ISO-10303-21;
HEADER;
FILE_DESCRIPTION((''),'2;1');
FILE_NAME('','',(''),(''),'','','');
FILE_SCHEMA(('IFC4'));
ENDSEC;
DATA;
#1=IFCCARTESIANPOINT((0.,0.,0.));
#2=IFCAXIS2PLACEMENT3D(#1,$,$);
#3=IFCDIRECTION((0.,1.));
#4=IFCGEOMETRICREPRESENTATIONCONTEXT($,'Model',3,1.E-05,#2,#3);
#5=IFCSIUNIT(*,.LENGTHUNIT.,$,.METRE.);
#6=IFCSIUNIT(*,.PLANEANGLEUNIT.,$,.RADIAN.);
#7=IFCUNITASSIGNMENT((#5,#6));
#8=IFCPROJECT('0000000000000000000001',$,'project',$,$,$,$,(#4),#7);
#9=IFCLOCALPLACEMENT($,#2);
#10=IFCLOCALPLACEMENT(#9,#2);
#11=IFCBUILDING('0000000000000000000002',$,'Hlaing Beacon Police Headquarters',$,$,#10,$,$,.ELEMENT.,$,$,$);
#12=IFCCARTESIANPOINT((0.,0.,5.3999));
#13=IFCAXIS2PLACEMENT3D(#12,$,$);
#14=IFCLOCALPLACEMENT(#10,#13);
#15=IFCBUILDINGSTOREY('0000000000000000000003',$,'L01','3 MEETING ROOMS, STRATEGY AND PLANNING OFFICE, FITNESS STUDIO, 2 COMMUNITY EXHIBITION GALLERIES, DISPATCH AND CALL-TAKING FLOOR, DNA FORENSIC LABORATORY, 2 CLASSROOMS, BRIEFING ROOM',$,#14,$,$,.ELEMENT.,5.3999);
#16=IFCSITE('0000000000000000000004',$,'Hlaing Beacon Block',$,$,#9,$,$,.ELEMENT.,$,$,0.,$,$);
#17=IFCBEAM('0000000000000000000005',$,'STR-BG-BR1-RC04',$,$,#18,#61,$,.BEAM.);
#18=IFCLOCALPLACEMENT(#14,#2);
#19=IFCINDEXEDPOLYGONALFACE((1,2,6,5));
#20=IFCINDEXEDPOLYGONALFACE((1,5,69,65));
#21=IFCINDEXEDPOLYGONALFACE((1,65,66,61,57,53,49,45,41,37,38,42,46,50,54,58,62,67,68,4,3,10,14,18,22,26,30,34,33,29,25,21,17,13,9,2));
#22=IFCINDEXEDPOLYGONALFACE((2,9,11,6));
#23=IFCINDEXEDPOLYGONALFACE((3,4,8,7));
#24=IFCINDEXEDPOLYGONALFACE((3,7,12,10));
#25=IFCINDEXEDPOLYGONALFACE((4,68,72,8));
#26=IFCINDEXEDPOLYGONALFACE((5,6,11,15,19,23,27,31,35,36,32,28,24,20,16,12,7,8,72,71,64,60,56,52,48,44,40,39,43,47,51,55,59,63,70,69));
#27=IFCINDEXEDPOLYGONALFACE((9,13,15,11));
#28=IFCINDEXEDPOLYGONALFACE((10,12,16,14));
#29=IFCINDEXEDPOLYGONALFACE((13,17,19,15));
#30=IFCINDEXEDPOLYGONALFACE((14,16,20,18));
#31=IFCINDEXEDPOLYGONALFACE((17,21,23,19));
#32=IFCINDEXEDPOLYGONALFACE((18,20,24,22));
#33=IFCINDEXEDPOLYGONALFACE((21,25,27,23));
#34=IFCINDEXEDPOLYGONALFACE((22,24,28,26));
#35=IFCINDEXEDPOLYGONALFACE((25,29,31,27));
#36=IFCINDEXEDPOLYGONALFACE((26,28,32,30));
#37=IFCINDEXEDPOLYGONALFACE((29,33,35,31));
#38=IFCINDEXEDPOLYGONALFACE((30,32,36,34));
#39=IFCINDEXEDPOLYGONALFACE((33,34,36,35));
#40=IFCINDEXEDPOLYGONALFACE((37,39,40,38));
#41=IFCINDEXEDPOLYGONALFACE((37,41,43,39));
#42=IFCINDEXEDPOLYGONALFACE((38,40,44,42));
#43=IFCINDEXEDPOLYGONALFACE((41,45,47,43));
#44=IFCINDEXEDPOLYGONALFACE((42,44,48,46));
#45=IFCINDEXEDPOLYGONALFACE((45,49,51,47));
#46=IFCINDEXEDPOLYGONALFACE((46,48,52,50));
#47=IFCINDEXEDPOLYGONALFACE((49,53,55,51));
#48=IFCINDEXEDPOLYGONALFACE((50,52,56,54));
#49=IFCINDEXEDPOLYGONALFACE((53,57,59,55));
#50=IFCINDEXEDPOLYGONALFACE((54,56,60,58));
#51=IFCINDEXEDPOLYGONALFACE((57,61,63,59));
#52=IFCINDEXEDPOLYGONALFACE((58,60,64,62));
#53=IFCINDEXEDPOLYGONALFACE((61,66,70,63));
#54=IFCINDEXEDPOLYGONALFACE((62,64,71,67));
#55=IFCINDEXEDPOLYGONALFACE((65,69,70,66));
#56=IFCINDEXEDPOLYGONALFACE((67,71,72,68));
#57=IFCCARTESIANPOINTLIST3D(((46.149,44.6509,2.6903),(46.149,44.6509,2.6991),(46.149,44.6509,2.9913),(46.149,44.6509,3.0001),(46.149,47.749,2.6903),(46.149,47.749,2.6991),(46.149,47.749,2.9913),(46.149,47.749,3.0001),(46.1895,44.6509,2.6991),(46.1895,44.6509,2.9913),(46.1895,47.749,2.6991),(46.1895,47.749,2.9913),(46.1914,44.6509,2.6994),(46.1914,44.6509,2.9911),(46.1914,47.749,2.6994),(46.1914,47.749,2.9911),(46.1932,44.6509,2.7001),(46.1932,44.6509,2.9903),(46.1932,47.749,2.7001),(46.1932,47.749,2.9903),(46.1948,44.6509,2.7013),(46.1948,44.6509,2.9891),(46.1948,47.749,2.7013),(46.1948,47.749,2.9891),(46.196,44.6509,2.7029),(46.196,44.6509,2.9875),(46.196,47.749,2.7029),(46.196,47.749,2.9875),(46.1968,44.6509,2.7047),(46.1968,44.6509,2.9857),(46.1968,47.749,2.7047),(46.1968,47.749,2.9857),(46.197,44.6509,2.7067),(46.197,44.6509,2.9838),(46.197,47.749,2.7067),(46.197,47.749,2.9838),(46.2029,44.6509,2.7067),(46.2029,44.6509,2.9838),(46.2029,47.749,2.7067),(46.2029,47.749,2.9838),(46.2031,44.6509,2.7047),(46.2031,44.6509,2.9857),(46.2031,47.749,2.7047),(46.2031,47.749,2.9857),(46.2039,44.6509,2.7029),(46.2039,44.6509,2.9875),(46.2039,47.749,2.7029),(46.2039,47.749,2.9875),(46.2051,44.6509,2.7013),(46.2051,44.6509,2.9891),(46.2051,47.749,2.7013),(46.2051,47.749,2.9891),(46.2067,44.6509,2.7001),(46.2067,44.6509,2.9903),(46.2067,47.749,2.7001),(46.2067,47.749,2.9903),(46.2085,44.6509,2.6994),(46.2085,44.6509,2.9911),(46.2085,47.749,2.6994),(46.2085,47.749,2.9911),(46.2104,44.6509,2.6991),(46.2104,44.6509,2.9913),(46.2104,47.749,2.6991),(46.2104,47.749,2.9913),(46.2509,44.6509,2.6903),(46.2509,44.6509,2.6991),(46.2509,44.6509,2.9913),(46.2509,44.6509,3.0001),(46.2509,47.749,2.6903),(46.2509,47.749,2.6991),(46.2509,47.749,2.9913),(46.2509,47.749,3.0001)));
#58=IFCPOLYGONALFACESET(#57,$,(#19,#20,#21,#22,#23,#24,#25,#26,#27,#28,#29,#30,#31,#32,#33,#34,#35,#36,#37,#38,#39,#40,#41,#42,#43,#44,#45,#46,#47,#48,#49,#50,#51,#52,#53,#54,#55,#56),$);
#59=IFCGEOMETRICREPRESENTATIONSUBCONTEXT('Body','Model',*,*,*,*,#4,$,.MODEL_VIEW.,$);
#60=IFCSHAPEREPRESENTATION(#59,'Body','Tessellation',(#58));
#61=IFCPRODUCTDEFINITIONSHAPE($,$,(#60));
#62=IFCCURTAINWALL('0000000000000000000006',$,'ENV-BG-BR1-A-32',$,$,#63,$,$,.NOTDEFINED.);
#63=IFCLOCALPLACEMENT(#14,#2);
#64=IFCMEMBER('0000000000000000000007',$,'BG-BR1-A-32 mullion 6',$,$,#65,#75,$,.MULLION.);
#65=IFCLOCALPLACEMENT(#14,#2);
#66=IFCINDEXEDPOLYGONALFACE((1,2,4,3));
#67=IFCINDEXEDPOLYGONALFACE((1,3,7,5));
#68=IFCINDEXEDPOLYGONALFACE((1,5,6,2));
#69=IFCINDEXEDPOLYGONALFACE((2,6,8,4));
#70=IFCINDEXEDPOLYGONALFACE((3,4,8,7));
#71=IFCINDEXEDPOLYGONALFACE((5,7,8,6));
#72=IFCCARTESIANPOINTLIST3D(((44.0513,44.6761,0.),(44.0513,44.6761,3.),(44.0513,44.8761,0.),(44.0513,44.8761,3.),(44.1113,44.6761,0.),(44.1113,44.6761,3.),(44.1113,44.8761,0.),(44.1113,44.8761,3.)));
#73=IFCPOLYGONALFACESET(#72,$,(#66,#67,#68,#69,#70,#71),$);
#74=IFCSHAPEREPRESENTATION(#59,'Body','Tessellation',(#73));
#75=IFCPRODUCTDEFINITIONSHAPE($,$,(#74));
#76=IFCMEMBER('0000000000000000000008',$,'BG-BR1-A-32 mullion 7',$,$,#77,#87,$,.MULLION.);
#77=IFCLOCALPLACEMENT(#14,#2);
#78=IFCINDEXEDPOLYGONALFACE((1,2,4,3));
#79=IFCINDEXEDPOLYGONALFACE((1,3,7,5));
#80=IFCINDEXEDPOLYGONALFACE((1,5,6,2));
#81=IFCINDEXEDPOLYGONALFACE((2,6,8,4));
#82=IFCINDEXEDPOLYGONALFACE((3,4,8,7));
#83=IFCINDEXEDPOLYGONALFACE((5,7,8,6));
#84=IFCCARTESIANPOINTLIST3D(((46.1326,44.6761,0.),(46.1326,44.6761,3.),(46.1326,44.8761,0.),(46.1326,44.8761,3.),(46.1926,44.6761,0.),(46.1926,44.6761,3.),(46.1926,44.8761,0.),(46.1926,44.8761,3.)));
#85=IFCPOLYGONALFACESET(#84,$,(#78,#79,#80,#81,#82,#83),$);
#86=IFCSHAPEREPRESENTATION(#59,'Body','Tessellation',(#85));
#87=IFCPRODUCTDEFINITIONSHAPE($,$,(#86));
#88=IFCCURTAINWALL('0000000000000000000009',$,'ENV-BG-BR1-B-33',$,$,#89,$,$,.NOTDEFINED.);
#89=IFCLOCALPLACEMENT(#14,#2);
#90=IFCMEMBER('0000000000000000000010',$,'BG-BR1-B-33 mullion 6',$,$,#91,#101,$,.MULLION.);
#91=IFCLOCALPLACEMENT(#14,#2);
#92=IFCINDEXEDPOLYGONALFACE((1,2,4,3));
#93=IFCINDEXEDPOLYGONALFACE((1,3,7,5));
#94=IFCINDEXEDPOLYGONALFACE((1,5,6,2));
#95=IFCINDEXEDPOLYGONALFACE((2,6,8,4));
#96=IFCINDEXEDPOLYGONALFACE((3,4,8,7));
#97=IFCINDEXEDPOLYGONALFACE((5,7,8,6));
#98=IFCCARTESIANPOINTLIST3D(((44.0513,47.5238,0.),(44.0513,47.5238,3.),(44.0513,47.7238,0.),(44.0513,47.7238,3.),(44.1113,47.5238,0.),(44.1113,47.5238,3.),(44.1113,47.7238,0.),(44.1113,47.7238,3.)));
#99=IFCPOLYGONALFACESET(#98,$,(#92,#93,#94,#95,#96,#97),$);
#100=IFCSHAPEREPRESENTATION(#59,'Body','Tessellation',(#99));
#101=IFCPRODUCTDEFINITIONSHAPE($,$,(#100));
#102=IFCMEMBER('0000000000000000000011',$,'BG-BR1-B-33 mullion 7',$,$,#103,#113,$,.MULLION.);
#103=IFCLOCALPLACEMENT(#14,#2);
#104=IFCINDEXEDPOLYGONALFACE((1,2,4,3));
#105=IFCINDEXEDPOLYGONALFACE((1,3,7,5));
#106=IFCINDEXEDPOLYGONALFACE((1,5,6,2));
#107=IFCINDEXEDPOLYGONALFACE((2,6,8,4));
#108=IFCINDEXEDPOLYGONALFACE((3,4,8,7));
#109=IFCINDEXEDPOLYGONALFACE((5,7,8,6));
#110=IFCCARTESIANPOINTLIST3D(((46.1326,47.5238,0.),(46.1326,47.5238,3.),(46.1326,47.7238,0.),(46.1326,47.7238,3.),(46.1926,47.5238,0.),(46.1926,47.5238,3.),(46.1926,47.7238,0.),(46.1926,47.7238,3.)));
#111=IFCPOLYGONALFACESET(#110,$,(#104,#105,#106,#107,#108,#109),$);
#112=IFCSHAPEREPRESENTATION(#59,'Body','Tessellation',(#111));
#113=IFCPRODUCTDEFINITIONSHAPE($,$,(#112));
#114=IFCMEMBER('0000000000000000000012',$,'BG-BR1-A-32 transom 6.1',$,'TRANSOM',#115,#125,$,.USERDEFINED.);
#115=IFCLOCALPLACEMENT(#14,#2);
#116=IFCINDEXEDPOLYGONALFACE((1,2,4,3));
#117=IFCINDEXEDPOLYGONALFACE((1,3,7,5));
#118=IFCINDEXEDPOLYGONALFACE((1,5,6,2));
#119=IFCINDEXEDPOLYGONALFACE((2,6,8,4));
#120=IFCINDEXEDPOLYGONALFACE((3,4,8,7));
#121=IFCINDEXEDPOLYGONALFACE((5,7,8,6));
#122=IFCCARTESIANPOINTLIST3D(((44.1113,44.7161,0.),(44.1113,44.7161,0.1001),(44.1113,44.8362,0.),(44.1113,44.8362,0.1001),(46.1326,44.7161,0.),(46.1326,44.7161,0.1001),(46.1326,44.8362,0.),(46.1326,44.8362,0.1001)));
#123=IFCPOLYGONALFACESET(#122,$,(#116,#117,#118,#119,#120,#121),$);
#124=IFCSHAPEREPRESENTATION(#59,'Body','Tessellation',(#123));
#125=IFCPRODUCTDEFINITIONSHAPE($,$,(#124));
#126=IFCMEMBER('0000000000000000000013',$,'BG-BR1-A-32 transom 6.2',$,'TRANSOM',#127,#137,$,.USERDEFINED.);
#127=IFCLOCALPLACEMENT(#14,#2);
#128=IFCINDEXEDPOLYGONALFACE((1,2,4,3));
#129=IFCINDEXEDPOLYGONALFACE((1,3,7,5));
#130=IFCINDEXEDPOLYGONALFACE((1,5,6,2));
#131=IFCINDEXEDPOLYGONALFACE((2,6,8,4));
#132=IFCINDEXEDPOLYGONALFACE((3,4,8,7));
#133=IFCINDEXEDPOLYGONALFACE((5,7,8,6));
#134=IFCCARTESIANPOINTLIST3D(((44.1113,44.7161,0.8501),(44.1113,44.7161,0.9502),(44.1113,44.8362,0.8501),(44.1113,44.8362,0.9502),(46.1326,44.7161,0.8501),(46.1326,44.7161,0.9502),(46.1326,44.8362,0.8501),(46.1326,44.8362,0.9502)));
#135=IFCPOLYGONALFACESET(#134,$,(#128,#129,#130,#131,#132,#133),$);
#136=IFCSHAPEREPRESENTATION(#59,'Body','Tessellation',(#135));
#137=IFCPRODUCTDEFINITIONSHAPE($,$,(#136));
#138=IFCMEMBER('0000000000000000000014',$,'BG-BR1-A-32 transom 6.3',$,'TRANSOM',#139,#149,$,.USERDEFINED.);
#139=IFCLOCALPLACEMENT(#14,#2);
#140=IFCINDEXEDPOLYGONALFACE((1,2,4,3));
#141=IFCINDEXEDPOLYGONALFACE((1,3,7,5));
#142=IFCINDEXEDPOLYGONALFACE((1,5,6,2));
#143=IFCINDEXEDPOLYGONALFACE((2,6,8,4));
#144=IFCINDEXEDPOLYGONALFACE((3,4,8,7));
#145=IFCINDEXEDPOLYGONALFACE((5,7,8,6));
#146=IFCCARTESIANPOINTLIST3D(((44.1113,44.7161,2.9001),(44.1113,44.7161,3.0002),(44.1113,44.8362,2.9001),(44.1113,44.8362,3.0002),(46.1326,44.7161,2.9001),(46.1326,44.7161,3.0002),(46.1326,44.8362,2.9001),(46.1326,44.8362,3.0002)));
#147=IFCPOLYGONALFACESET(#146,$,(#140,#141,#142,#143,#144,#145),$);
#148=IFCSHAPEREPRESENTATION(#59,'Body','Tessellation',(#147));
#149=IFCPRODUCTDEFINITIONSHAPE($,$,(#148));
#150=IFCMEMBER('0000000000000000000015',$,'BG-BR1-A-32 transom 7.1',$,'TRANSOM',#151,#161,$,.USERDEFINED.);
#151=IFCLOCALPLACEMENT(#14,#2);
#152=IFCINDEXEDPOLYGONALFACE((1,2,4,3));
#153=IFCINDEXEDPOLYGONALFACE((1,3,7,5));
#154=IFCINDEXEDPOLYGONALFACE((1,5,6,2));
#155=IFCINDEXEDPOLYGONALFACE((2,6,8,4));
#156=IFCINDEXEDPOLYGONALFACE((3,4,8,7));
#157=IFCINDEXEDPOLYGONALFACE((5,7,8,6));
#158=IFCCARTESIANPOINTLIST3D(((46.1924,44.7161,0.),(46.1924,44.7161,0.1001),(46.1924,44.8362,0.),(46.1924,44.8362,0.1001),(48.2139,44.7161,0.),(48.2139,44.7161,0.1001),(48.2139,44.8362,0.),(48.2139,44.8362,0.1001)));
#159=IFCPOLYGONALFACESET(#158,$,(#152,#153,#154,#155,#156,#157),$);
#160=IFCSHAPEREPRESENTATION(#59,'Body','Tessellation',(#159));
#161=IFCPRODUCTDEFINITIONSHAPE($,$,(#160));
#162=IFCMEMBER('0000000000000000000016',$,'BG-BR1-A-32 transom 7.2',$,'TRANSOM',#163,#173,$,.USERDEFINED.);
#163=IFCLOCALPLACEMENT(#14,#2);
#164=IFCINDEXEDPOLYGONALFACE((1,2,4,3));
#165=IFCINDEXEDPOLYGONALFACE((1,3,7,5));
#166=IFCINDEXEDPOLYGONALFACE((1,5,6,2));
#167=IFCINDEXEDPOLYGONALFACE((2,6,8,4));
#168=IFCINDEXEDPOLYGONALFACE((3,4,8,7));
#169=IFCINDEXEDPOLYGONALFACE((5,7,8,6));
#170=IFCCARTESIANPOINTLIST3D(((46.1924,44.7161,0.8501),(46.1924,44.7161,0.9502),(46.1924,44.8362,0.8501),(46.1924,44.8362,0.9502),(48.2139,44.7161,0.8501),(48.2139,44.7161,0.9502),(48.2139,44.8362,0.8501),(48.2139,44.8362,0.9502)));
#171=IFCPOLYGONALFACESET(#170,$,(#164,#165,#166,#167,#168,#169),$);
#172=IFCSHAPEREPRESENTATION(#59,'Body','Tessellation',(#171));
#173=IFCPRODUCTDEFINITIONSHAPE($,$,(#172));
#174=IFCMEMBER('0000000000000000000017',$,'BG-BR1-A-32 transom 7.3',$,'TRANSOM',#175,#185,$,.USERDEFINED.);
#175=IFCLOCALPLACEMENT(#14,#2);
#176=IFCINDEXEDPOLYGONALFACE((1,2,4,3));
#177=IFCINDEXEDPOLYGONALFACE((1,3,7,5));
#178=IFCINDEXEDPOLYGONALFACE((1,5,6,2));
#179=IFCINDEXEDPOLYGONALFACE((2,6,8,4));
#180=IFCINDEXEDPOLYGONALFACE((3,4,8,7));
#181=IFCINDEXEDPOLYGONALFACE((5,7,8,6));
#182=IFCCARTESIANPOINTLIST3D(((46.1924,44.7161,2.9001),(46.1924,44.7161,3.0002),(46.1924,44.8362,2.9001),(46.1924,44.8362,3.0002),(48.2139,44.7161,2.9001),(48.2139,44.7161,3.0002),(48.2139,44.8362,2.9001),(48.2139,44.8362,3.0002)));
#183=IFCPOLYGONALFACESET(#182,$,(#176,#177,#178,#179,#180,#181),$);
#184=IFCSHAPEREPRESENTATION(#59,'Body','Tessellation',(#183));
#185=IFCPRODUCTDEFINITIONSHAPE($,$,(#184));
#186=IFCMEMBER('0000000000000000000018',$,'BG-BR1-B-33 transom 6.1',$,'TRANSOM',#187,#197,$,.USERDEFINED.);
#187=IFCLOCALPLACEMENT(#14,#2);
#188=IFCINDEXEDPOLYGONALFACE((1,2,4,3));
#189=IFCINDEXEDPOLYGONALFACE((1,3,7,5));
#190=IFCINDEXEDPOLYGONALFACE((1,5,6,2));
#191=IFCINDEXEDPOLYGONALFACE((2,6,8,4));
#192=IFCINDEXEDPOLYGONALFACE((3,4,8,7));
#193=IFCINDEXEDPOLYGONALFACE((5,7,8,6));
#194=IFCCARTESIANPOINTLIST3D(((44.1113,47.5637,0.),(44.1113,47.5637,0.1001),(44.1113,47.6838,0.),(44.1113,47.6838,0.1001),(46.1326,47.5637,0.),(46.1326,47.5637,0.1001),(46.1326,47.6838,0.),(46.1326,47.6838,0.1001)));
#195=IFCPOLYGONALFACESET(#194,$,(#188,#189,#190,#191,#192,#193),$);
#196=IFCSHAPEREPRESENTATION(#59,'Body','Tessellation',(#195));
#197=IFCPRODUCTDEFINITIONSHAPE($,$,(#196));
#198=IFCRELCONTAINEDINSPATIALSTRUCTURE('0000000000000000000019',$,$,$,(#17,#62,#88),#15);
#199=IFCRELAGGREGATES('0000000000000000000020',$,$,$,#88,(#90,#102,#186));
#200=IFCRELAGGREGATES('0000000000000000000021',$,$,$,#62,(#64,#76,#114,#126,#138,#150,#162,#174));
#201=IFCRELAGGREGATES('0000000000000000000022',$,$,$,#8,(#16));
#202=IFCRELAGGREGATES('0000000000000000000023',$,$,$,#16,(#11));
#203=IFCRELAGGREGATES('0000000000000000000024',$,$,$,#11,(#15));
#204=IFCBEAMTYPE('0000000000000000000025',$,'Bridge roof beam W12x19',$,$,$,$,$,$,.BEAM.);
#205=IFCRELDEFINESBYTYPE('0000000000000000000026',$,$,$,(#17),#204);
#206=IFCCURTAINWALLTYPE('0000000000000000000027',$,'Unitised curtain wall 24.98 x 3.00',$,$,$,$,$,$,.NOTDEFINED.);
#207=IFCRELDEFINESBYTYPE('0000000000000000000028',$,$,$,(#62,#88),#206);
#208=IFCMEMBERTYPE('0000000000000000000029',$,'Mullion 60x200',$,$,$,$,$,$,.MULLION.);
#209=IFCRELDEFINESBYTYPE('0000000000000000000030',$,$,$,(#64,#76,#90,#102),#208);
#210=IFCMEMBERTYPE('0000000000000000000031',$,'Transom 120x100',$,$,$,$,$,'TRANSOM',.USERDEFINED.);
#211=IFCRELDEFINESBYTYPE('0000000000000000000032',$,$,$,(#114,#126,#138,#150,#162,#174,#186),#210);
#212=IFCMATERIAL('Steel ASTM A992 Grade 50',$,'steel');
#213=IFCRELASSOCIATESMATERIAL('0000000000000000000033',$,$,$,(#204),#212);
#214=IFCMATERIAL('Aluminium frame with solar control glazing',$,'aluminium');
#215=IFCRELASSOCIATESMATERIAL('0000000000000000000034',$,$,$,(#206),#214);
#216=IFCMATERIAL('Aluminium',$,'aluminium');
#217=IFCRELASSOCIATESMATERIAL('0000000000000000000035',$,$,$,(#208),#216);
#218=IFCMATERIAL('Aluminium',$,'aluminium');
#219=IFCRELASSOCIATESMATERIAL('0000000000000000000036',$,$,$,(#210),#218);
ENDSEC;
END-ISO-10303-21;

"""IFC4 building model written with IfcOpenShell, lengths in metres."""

from ifc_helpers import new_model, si_unit, direction, frame, origin, origin_2d, place, context, subcontext, project, spatial, rectangle, i_section, extrude, material, material_profile, profile_set, type_object, element, aggregate, save


model = new_model("IFC4")

# Units and contexts
model_context = context("Model", 3, precision=1e-05, world=origin(), true_north=direction((0.0, 1.0)))
body_context = subcontext(model_context, "Body", "Model", "MODEL_VIEW")
ifc_project = project(units=[si_unit("LENGTHUNIT", "METRE"), si_unit("PLANEANGLEUNIT", "RADIAN")], contexts=[model_context])

# Site, building, storey
site_placement = place(None, origin())
site = spatial("IfcSite", under=ifc_project, at=site_placement, Name="Hlaing Beacon Block", CompositionType="ELEMENT", RefElevation=0.0)
building_placement = place(site_placement, origin())
building = spatial("IfcBuilding", under=site, at=building_placement, Name="Hlaing Beacon Police Headquarters", CompositionType="ELEMENT")
storey_placement = place(building_placement, frame((0.0, 0.0, 5.3999)))
storey = spatial("IfcBuildingStorey", under=building, at=storey_placement, Name="L01", Description="3 MEETING ROOMS, STRATEGY AND PLANNING OFFICE, FITNESS STUDIO, 2 COMMUNITY EXHIBITION GALLERIES, DISPATCH AND CALL-TAKING FLOOR, DNA FORENSIC LABORATORY, 2 CLASSROOMS, BRIEFING ROOM", CompositionType="ELEMENT", Elevation=5.3999)

# Beam
ifc_material_1 = material(Name="Steel ASTM A992 Grade 50", Category="steel")
ifc_material_profile_1 = material_profile(ifc_material_1, i_section(OverallWidth=0.1018, OverallDepth=0.3098, WebThickness=0.0059, FlangeThickness=0.0088, FilletRadius=0.0076, at=origin_2d()), Name="W12x19")
ifc_profile_set_1 = profile_set([ifc_material_profile_1], Name="Steel ASTM A992 Grade 50")
beam_type_1 = type_object("IfcBeamType", Name="Bridge roof beam W12x19", PredefinedType="BEAM", material=ifc_profile_set_1)
beam_1_placement = place(storey_placement, frame((46.2, 44.6509, 2.8452), z_axis=(0.0, 1.0, 0.0), x_axis=(-1.0, 0.0, 0.0)))
element("IfcBeam", 1, at=beam_1_placement, inside=storey, type_object=beam_type_1, Name="STR-BG-BR1-RC04", PredefinedType="BEAM", context=body_context, shape_type="SweptSolid", body=[
    extrude(i_section(OverallWidth=0.1018, OverallDepth=0.3098, WebThickness=0.0059, FlangeThickness=0.0088, FilletRadius=0.0076, at=origin_2d()), origin(), (0.0, 0.0, 1.0), 3.0981),
])

# Curtain walls, members
ifc_material_2 = material(Name="Aluminium frame with solar control glazing", Category="aluminium")
curtain_wall_type = type_object("IfcCurtainWallType", Name="Unitised curtain wall 24.98 x 3.00", PredefinedType="NOTDEFINED", material=ifc_material_2)
curtain_wall_1_placement = place(storey_placement, origin())
curtain_wall_1 = element("IfcCurtainWall", 2, at=curtain_wall_1_placement, inside=storey, type_object=curtain_wall_type, Name="ENV-BG-BR1-A-32", PredefinedType="NOTDEFINED")
ifc_material_3 = material(Name="Aluminium", Category="aluminium")
ifc_material_profile_2 = material_profile(ifc_material_3, rectangle(XDim=0.2, YDim=0.0601, at=origin_2d()), Name="Mullion 60x200")
ifc_profile_set_2 = profile_set([ifc_material_profile_2], Name="Aluminium")
member_type_1 = type_object("IfcMemberType", Name="Mullion 60x200", PredefinedType="MULLION", material=ifc_profile_set_2)
member_1_placement = place(storey_placement, frame((44.0813, 44.7761, 0.0), z_axis=(0.0, 0.0, 1.0), x_axis=(0.0, 1.0, 0.0)))
member_1 = element("IfcMember", 3, at=member_1_placement, type_object=member_type_1, Name="BG-BR1-A-32 mullion 6", PredefinedType="MULLION", context=body_context, shape_type="SweptSolid", body=[
    extrude(rectangle(XDim=0.2, YDim=0.0601, at=origin_2d()), origin(), (0.0, 0.0, 1.0), 3.0),
])
member_2_placement = place(storey_placement, frame((46.1626, 44.7761, 0.0), z_axis=(0.0, 0.0, 1.0), x_axis=(0.0, 1.0, 0.0)))
member_2 = element("IfcMember", 4, at=member_2_placement, type_object=member_type_1, Name="BG-BR1-A-32 mullion 7", PredefinedType="MULLION", context=body_context, shape_type="SweptSolid", body=[
    extrude(rectangle(XDim=0.2, YDim=0.0601, at=origin_2d()), origin(), (0.0, 0.0, 1.0), 3.0),
])
curtain_wall_2_placement = place(storey_placement, origin())
curtain_wall_2 = element("IfcCurtainWall", 5, at=curtain_wall_2_placement, inside=storey, type_object=curtain_wall_type, Name="ENV-BG-BR1-B-33", PredefinedType="NOTDEFINED")
member_3_placement = place(storey_placement, frame((44.0813, 47.6238, 0.0), z_axis=(0.0, 0.0, 1.0), x_axis=(0.0, 1.0, 0.0)))
member_3 = element("IfcMember", 6, at=member_3_placement, type_object=member_type_1, Name="BG-BR1-B-33 mullion 6", PredefinedType="MULLION", context=body_context, shape_type="SweptSolid", body=[
    extrude(rectangle(XDim=0.2, YDim=0.0601, at=origin_2d()), origin(), (0.0, 0.0, 1.0), 3.0),
])
member_4_placement = place(storey_placement, frame((46.1626, 47.6238, 0.0), z_axis=(0.0, 0.0, 1.0), x_axis=(0.0, 1.0, 0.0)))
member_4 = element("IfcMember", 7, at=member_4_placement, type_object=member_type_1, Name="BG-BR1-B-33 mullion 7", PredefinedType="MULLION", context=body_context, shape_type="SweptSolid", body=[
    extrude(rectangle(XDim=0.2, YDim=0.0601, at=origin_2d()), origin(), (0.0, 0.0, 1.0), 3.0),
])

# Members
ifc_material_4 = material(Name="Aluminium", Category="aluminium")
ifc_material_profile_3 = material_profile(ifc_material_4, rectangle(XDim=0.1201, YDim=0.1001, at=origin_2d()), Name="Transom 120x100")
ifc_profile_set_3 = profile_set([ifc_material_profile_3], Name="Aluminium")
member_type_2 = type_object("IfcMemberType", Name="Transom 120x100", ElementType="TRANSOM", PredefinedType="USERDEFINED", material=ifc_profile_set_3)
member_5_placement = place(storey_placement, frame((44.1113, 44.7761, 0.05), z_axis=(1.0, 0.0, 0.0), x_axis=(0.0, 1.0, 0.0)))
member_5 = element("IfcMember", 8, at=member_5_placement, type_object=member_type_2, Name="BG-BR1-A-32 transom 6.1", ObjectType="TRANSOM", PredefinedType="USERDEFINED", context=body_context, shape_type="SweptSolid", body=[
    extrude(rectangle(XDim=0.1201, YDim=0.1001, at=origin_2d()), origin(), (0.0, 0.0, 1.0), 2.0212),
])
member_6_placement = place(storey_placement, frame((44.1113, 44.7761, 0.9001), z_axis=(1.0, 0.0, 0.0), x_axis=(0.0, 1.0, 0.0)))
member_6 = element("IfcMember", 9, at=member_6_placement, type_object=member_type_2, Name="BG-BR1-A-32 transom 6.2", ObjectType="TRANSOM", PredefinedType="USERDEFINED", context=body_context, shape_type="SweptSolid", body=[
    extrude(rectangle(XDim=0.1201, YDim=0.1001, at=origin_2d()), origin(), (0.0, 0.0, 1.0), 2.0212),
])
member_7_placement = place(storey_placement, frame((44.1113, 44.7761, 2.9502), z_axis=(1.0, 0.0, 0.0), x_axis=(0.0, 1.0, 0.0)))
member_7 = element("IfcMember", 10, at=member_7_placement, type_object=member_type_2, Name="BG-BR1-A-32 transom 6.3", ObjectType="TRANSOM", PredefinedType="USERDEFINED", context=body_context, shape_type="SweptSolid", body=[
    extrude(rectangle(XDim=0.1201, YDim=0.1001, at=origin_2d()), origin(), (0.0, 0.0, 1.0), 2.0212),
])
member_8_placement = place(storey_placement, frame((46.1924, 44.7761, 0.05), z_axis=(1.0, 0.0, 0.0), x_axis=(0.0, 1.0, 0.0)))
member_8 = element("IfcMember", 11, at=member_8_placement, type_object=member_type_2, Name="BG-BR1-A-32 transom 7.1", ObjectType="TRANSOM", PredefinedType="USERDEFINED", context=body_context, shape_type="SweptSolid", body=[
    extrude(rectangle(XDim=0.1201, YDim=0.1001, at=origin_2d()), origin(), (0.0, 0.0, 1.0), 2.0215),
])
member_9_placement = place(storey_placement, frame((46.1924, 44.7761, 0.9001), z_axis=(1.0, 0.0, 0.0), x_axis=(0.0, 1.0, 0.0)))
member_9 = element("IfcMember", 12, at=member_9_placement, type_object=member_type_2, Name="BG-BR1-A-32 transom 7.2", ObjectType="TRANSOM", PredefinedType="USERDEFINED", context=body_context, shape_type="SweptSolid", body=[
    extrude(rectangle(XDim=0.1201, YDim=0.1001, at=origin_2d()), origin(), (0.0, 0.0, 1.0), 2.0215),
])
member_10_placement = place(storey_placement, frame((46.1924, 44.7761, 2.9502), z_axis=(1.0, 0.0, 0.0), x_axis=(0.0, 1.0, 0.0)))
member_10 = element("IfcMember", 13, at=member_10_placement, type_object=member_type_2, Name="BG-BR1-A-32 transom 7.3", ObjectType="TRANSOM", PredefinedType="USERDEFINED", context=body_context, shape_type="SweptSolid", body=[
    extrude(rectangle(XDim=0.1201, YDim=0.1001, at=origin_2d()), origin(), (0.0, 0.0, 1.0), 2.0215),
])
member_11_placement = place(storey_placement, frame((44.1113, 47.6238, 0.05), z_axis=(1.0, 0.0, 0.0), x_axis=(0.0, 1.0, 0.0)))
member_11 = element("IfcMember", 14, at=member_11_placement, type_object=member_type_2, Name="BG-BR1-B-33 transom 6.1", ObjectType="TRANSOM", PredefinedType="USERDEFINED", context=body_context, shape_type="SweptSolid", body=[
    extrude(rectangle(XDim=0.1201, YDim=0.1001, at=origin_2d()), origin(), (0.0, 0.0, 1.0), 2.0212),
])

aggregate(curtain_wall_2, [member_3, member_4, member_11])
aggregate(curtain_wall_1, [member_1, member_2, member_5, member_6, member_7, member_8, member_9, member_10])

save(model, "model.ifc")
